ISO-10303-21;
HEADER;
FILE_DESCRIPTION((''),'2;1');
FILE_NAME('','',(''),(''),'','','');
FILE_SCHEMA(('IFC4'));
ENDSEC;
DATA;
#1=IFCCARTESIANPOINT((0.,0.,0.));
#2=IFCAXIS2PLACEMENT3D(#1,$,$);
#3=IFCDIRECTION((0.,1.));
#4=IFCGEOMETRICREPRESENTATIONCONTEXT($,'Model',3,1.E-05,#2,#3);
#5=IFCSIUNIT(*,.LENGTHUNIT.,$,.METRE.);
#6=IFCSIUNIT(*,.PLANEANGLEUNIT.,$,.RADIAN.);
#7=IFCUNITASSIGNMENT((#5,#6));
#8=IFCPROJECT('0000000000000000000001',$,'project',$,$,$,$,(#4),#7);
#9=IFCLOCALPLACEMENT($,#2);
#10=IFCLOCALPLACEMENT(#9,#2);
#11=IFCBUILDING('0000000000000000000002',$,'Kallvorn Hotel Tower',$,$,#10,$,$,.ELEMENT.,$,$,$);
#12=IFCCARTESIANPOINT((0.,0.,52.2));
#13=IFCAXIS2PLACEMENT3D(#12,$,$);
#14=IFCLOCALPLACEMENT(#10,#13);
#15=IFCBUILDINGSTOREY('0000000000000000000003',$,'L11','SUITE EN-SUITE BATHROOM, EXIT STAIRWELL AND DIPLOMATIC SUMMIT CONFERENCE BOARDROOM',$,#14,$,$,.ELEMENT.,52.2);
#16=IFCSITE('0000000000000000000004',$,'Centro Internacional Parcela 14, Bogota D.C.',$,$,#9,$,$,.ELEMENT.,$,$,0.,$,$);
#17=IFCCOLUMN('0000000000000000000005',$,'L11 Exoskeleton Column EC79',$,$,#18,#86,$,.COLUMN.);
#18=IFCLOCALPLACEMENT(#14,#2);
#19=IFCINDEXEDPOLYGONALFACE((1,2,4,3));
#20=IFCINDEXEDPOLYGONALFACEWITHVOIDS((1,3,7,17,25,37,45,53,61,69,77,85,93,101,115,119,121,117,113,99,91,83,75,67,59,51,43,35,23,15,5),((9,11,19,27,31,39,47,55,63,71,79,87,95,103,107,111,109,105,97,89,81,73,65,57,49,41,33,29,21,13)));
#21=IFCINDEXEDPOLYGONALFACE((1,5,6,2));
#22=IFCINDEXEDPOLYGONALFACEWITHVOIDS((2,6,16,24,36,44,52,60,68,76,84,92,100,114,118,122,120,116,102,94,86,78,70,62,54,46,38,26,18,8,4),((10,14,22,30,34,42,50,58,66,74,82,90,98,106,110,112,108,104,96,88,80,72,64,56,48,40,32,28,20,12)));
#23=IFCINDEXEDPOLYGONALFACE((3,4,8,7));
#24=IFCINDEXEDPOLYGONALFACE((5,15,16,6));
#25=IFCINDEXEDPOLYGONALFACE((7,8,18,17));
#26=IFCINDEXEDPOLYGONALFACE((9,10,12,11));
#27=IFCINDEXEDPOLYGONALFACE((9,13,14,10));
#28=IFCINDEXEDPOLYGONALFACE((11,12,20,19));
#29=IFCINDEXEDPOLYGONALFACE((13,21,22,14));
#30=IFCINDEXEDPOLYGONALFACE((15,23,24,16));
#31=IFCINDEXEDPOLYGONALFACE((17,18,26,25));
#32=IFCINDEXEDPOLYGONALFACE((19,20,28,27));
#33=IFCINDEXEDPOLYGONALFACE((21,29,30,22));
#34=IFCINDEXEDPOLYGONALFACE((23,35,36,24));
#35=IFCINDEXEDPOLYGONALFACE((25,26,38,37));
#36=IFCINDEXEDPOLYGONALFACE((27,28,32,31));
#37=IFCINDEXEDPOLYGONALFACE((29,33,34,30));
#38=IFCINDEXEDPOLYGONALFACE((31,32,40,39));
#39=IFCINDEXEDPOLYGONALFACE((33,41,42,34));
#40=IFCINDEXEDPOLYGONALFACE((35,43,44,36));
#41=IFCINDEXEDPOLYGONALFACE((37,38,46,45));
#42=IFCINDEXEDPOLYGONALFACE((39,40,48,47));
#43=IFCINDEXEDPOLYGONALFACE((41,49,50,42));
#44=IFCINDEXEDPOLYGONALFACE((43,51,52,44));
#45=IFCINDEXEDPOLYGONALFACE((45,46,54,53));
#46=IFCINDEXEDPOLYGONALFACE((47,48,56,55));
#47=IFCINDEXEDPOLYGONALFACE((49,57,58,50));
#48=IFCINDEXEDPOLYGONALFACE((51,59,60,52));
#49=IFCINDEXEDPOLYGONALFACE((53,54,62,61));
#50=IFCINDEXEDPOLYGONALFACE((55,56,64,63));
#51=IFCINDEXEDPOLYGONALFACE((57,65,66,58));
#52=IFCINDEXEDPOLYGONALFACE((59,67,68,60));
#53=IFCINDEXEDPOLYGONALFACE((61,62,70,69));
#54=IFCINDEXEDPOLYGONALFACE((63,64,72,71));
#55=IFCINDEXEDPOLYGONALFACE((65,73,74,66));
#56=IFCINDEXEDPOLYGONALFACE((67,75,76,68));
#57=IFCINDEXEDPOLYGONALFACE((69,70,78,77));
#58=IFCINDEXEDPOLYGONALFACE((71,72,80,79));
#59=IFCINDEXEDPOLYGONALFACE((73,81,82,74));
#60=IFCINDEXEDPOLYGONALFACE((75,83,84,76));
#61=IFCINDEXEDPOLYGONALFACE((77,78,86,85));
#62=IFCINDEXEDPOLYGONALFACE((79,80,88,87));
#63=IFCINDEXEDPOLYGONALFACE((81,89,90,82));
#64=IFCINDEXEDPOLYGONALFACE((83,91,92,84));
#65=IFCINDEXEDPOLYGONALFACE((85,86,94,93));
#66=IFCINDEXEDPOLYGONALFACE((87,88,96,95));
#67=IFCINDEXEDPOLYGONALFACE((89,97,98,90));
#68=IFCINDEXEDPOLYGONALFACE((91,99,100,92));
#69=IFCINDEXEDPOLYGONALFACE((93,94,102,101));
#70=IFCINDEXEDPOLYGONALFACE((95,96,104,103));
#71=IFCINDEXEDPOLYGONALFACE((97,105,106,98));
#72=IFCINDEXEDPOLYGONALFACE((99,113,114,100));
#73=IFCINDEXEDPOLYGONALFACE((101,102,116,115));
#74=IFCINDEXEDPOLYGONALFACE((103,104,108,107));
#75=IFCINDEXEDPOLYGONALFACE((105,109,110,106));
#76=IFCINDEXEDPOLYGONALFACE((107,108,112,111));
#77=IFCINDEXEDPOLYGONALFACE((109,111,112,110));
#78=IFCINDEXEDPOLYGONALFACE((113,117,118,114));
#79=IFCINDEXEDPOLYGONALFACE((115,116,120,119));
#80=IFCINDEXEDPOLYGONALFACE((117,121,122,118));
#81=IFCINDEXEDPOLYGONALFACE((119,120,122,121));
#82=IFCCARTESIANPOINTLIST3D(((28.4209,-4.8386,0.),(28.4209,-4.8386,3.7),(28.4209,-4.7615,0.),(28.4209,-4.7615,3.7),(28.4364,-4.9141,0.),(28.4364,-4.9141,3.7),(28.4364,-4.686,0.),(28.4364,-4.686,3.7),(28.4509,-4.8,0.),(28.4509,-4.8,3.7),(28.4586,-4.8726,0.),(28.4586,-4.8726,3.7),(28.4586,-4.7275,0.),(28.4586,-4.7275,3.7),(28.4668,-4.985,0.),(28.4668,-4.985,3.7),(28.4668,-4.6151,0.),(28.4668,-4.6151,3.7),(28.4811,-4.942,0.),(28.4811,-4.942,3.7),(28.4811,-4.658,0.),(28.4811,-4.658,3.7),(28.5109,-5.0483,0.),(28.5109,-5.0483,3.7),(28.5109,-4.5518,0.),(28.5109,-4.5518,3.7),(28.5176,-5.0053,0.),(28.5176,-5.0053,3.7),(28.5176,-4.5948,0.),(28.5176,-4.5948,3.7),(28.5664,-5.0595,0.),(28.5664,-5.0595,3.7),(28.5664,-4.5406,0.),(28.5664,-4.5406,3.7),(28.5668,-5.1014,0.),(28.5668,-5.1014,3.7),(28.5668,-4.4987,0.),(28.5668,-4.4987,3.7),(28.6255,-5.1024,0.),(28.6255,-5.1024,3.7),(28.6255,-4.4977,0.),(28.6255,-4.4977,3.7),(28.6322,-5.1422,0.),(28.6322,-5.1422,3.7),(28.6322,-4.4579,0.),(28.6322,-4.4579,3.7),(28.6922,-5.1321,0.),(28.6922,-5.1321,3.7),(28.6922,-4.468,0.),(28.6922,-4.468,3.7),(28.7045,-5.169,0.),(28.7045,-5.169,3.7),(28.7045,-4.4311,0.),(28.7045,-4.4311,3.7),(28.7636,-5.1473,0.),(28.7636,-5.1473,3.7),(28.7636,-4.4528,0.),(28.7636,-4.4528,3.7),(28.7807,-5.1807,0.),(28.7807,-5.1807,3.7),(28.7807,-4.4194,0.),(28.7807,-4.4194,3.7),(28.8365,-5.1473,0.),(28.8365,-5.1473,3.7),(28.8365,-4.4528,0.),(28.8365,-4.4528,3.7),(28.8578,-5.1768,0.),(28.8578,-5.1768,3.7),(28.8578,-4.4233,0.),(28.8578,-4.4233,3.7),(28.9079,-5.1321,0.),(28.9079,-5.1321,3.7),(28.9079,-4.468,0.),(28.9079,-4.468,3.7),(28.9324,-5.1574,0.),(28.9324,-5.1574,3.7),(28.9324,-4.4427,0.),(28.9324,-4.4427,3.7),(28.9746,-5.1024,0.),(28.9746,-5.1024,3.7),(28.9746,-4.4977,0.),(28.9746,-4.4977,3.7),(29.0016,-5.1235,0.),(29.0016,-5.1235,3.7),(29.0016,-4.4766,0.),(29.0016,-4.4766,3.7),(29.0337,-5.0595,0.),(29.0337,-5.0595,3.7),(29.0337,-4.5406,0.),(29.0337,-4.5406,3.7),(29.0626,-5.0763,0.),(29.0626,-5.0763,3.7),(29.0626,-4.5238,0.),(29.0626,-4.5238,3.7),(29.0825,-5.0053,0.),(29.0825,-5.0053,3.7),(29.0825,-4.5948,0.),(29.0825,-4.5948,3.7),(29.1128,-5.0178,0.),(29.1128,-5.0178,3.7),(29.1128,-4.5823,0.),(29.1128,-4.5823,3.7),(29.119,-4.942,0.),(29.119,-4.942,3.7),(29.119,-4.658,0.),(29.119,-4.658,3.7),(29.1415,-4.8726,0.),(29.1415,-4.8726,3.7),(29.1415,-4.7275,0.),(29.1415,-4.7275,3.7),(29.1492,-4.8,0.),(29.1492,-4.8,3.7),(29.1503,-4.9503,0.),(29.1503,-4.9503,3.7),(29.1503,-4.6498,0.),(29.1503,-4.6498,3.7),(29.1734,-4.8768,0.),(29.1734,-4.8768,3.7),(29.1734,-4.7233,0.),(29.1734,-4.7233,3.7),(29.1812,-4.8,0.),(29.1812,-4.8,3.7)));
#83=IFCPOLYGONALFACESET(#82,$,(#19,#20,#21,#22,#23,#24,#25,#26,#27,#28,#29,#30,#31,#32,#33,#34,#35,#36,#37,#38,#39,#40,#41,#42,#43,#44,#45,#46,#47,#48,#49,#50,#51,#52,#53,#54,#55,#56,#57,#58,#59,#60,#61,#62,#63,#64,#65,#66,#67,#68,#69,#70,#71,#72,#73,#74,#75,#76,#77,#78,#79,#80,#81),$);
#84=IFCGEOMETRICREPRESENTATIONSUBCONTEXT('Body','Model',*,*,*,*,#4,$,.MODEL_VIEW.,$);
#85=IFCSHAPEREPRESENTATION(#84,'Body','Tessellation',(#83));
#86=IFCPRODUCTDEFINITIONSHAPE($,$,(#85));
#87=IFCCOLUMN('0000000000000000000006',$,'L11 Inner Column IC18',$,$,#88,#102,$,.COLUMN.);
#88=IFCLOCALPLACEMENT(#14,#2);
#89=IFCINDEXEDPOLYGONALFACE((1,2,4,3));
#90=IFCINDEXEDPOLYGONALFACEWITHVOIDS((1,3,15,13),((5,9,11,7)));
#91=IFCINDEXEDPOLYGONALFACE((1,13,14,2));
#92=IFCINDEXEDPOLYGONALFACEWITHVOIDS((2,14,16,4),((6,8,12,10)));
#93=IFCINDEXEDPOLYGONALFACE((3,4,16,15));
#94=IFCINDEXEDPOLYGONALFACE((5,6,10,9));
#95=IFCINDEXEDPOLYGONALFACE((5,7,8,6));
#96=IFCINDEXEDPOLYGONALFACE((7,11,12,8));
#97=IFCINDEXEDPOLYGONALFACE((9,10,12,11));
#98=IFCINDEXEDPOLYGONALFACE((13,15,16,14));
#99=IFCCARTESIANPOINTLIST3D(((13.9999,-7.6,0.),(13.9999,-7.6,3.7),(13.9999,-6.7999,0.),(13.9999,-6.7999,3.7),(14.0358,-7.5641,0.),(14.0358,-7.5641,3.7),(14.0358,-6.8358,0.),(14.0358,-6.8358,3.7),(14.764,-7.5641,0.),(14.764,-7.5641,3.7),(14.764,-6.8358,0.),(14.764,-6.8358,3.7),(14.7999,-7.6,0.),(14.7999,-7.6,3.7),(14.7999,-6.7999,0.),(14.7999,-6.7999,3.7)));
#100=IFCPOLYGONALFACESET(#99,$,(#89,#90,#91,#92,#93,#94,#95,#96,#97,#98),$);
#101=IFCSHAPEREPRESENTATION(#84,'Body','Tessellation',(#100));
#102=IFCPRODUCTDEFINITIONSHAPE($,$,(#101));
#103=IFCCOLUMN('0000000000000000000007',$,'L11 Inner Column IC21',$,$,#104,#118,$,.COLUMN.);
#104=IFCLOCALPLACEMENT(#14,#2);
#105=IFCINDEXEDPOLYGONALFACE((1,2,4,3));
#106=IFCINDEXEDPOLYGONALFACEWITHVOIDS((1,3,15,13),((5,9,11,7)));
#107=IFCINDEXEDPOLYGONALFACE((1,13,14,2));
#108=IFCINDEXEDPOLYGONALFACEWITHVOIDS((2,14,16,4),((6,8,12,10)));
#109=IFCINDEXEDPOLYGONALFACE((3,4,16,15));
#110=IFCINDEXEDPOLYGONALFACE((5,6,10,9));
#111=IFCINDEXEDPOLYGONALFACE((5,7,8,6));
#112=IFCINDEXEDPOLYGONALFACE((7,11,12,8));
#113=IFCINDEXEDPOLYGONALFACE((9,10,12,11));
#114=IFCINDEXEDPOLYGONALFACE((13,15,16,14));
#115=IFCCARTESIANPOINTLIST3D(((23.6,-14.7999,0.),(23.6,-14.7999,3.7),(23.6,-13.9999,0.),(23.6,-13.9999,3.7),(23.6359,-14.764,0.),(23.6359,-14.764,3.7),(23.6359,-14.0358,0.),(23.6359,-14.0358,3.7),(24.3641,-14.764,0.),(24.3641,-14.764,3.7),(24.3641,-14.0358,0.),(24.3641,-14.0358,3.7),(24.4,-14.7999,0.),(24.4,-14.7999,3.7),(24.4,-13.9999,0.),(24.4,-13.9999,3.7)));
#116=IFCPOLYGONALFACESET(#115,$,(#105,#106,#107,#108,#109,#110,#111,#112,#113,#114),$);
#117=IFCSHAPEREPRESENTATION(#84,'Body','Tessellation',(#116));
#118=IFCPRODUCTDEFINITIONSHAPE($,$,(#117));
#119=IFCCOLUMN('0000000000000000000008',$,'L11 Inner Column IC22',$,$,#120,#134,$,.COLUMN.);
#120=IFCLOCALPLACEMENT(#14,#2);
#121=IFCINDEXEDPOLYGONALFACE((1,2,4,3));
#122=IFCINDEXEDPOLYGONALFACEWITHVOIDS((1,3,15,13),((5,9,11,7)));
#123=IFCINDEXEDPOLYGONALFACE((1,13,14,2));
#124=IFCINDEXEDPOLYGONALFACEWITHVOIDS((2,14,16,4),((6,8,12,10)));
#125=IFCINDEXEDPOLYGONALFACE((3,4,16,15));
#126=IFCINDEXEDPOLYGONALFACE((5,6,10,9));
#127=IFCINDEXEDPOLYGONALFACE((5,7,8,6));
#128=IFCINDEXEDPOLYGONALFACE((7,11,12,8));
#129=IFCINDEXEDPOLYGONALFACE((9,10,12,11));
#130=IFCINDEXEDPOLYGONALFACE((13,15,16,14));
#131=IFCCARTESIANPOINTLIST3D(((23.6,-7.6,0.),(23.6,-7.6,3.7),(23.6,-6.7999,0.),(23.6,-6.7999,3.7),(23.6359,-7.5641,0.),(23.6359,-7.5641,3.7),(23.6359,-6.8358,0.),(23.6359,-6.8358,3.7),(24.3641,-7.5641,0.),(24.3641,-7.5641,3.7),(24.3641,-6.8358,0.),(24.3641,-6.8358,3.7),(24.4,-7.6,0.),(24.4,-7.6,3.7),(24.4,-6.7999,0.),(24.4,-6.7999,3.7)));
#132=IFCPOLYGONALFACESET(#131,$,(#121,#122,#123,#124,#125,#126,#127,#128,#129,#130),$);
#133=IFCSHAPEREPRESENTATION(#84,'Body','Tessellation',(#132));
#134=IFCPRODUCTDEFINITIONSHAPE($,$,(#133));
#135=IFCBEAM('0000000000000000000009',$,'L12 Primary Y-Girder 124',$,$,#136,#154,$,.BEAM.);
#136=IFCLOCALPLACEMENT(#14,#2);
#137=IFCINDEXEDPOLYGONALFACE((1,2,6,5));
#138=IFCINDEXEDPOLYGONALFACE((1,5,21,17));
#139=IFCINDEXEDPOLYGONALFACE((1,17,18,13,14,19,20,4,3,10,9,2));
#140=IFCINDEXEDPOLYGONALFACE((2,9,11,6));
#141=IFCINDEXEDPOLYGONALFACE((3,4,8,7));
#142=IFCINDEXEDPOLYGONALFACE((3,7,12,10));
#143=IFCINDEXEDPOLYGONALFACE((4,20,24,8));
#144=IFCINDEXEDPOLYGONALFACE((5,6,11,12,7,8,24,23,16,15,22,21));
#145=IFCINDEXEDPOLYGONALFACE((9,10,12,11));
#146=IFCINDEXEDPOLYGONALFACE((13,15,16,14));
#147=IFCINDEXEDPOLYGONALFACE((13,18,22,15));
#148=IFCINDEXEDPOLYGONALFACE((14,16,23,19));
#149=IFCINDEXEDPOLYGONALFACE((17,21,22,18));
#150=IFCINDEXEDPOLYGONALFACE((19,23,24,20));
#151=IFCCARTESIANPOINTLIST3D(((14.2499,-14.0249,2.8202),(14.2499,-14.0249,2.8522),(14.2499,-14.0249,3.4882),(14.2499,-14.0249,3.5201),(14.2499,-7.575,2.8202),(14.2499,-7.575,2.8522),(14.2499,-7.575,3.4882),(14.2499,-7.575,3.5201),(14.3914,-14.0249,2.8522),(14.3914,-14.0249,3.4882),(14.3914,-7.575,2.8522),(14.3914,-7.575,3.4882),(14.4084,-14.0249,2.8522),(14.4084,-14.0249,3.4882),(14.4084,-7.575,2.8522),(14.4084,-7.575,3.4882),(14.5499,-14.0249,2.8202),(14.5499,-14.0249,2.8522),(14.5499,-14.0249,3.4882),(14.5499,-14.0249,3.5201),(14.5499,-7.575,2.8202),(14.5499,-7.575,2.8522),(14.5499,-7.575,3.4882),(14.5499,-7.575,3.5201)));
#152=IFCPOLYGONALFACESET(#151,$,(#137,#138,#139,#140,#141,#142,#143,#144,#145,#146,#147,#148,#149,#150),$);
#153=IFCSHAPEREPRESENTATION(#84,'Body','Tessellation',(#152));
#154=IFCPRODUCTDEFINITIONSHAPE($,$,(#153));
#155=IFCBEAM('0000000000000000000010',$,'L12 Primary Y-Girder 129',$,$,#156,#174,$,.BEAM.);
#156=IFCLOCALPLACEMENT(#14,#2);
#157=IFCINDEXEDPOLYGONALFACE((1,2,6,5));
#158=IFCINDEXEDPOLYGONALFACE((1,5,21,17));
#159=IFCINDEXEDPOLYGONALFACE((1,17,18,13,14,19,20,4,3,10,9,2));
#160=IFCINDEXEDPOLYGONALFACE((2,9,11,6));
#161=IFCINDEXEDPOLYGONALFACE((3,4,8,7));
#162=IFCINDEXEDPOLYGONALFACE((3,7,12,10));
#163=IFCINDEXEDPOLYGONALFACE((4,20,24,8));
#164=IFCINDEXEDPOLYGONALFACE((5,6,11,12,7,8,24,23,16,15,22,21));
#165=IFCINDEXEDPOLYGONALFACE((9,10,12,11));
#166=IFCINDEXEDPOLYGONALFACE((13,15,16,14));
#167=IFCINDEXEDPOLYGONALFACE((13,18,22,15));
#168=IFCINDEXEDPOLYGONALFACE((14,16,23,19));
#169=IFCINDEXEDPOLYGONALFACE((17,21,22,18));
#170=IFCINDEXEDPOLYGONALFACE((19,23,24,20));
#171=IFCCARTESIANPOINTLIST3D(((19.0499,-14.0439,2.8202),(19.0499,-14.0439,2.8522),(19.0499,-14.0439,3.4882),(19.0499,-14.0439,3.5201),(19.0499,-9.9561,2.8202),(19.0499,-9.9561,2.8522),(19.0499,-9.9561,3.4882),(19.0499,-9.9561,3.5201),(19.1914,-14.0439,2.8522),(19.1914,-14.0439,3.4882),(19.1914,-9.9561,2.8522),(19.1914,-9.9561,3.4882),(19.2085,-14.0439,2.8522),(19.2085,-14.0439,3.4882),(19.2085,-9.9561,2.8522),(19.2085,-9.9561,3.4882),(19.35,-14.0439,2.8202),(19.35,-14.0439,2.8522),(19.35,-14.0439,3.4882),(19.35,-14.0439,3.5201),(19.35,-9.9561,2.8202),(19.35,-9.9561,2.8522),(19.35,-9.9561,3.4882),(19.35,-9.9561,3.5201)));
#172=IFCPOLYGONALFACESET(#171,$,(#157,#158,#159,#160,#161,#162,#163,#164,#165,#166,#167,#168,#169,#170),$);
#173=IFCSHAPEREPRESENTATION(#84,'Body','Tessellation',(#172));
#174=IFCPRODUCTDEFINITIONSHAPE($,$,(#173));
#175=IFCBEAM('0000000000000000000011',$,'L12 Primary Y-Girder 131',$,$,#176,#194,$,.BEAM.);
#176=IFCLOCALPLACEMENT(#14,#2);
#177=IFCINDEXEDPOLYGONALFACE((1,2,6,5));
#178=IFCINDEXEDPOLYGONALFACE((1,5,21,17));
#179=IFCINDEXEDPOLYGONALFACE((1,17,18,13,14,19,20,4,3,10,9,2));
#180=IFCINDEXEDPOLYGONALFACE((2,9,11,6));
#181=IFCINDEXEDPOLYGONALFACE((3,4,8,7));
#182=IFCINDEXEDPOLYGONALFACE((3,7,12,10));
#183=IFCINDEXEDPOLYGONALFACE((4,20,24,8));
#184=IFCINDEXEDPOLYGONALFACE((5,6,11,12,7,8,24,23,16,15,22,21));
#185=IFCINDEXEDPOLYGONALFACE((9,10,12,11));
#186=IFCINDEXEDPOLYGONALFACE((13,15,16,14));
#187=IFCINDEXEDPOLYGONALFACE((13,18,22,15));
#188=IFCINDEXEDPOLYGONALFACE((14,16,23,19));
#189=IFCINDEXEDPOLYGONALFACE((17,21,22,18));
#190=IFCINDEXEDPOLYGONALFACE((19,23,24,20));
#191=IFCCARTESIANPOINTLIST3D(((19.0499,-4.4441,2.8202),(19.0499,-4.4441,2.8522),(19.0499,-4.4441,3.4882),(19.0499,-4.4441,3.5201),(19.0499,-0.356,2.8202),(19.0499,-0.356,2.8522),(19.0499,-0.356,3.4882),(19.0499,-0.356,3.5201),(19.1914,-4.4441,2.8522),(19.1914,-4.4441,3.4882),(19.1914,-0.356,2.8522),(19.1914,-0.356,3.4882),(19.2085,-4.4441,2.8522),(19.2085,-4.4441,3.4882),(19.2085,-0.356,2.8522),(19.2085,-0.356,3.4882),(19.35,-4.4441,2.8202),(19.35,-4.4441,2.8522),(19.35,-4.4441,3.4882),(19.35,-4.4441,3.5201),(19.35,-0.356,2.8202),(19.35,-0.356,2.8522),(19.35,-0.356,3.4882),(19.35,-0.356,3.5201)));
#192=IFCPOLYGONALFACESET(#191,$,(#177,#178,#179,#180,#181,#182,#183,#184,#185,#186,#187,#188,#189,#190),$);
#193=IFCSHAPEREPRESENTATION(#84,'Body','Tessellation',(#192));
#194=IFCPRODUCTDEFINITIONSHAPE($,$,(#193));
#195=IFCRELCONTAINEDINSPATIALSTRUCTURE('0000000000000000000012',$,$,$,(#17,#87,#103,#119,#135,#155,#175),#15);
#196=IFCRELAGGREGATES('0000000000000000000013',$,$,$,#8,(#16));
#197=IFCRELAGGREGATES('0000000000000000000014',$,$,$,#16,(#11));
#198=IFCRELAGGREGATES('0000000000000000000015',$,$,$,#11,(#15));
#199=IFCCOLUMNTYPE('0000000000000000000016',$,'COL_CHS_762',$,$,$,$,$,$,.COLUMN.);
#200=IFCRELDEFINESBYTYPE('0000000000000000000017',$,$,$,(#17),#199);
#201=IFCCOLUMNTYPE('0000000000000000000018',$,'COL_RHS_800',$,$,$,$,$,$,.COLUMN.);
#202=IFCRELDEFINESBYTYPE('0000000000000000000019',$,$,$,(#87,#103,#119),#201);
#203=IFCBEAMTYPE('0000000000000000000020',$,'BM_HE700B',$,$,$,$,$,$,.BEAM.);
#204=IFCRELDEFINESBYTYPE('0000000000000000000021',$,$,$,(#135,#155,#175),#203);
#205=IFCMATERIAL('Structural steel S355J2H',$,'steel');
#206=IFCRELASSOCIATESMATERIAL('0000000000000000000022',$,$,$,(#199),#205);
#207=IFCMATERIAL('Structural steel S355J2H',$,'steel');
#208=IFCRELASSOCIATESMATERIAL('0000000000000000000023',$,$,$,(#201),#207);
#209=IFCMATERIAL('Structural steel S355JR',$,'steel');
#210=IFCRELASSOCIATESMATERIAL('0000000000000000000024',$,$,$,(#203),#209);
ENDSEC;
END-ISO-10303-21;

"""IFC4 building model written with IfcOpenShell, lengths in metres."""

from ifc_helpers import new_model, si_unit, direction, frame, origin, origin_2d, place, context, subcontext, project, spatial, hollow_rectangle, hollow_circle, i_section, extrude, material, material_profile, profile_set, type_object, element, save


model = new_model("IFC4")

# Units and contexts
model_context = context("Model", 3, precision=1e-05, world=origin(), true_north=direction((0.0, 1.0)))
body_context = subcontext(model_context, "Body", "Model", "MODEL_VIEW")
ifc_project = project(units=[si_unit("LENGTHUNIT", "METRE"), si_unit("PLANEANGLEUNIT", "RADIAN")], contexts=[model_context])

# Site, building, storey
site_placement = place(None, origin())
site = spatial("IfcSite", under=ifc_project, at=site_placement, Name="Centro Internacional Parcela 14, Bogota D.C.", CompositionType="ELEMENT", RefElevation=0.0)
building_placement = place(site_placement, origin())
building = spatial("IfcBuilding", under=site, at=building_placement, Name="Kallvorn Hotel Tower", CompositionType="ELEMENT")
storey_placement = place(building_placement, frame((0.0, 0.0, 52.2)))
storey = spatial("IfcBuildingStorey", under=building, at=storey_placement, Name="L11", Description="SUITE EN-SUITE BATHROOM, EXIT STAIRWELL AND DIPLOMATIC SUMMIT CONFERENCE BOARDROOM", CompositionType="ELEMENT", Elevation=52.2)

# Columns
ifc_material_1 = material(Name="Structural steel S355J2H", Category="steel")
ifc_material_profile_1 = material_profile(ifc_material_1, hollow_circle(Radius=0.3811, WallThickness=0.032, at=origin_2d()), Name="CHS 762x32")
ifc_profile_set_1 = profile_set([ifc_material_profile_1], Name="Structural steel S355J2H")
column_type_1 = type_object("IfcColumnType", Name="COL_CHS_762", PredefinedType="COLUMN", material=ifc_profile_set_1)
for number, where, z_axis, x_axis, name in (
    (1, (28.8, -4.8, 0.0), (0.0, 0.0, 1.0), (1.0, 0.0, 0.0), "L11 Exoskeleton Column EC79"),
):
    element("IfcColumn", number, at=place(storey_placement, frame(where, z_axis=z_axis, x_axis=x_axis)), inside=storey, type_object=column_type_1, Name=name, PredefinedType="COLUMN", context=body_context, shape_type="SweptSolid", body=[
        extrude(hollow_circle(Radius=0.3811, WallThickness=0.032, at=origin_2d()), origin(), (0.0, 0.0, 1.0), 3.7),
    ])
ifc_material_2 = material(Name="Structural steel S355J2H", Category="steel")
ifc_material_profile_2 = material_profile(ifc_material_2, hollow_rectangle(XDim=0.8, YDim=0.8, WallThickness=0.0359, at=origin_2d()), Name="RHS 800x800x36")
ifc_profile_set_2 = profile_set([ifc_material_profile_2], Name="Structural steel S355J2H")
column_type_2 = type_object("IfcColumnType", Name="COL_RHS_800", PredefinedType="COLUMN", material=ifc_profile_set_2)
for number, where, z_axis, x_axis, name in (
    (2, (14.3999, -7.2, 0.0), (0.0, 0.0, 1.0), (1.0, 0.0, 0.0), "L11 Inner Column IC18"),
    (3, (24.0, -14.3999, 0.0), (0.0, 0.0, 1.0), (1.0, 0.0, 0.0), "L11 Inner Column IC21"),
    (4, (24.0, -7.2, 0.0), (0.0, 0.0, 1.0), (1.0, 0.0, 0.0), "L11 Inner Column IC22"),
):
    element("IfcColumn", number, at=place(storey_placement, frame(where, z_axis=z_axis, x_axis=x_axis)), inside=storey, type_object=column_type_2, Name=name, PredefinedType="COLUMN", context=body_context, shape_type="SweptSolid", body=[
        extrude(hollow_rectangle(XDim=0.8, YDim=0.8, WallThickness=0.0359, at=origin_2d()), origin(), (0.0, 0.0, 1.0), 3.7),
    ])

# Beams
ifc_material_3 = material(Name="Structural steel S355JR", Category="steel")
ifc_material_profile_3 = material_profile(ifc_material_3, i_section(OverallWidth=0.3, OverallDepth=0.7, WebThickness=0.0171, FlangeThickness=0.032, at=origin_2d()), Name="HE 700 B")
ifc_profile_set_3 = profile_set([ifc_material_profile_3], Name="Structural steel S355JR")
beam_type_1 = type_object("IfcBeamType", Name="BM_HE700B", PredefinedType="BEAM", material=ifc_profile_set_3)
beam_1_placement = place(storey_placement, frame((14.3999, -14.0249, 3.1702), z_axis=(0.0, 1.0, 0.0), x_axis=(-1.0, 0.0, 0.0)))
element("IfcBeam", 5, at=beam_1_placement, inside=storey, type_object=beam_type_1, Name="L12 Primary Y-Girder 124", PredefinedType="BEAM", context=body_context, shape_type="SweptSolid", body=[
    extrude(i_section(OverallWidth=0.3, OverallDepth=0.7, WebThickness=0.0171, FlangeThickness=0.032, at=origin_2d()), origin(), (0.0, 0.0, 1.0), 6.45),
])
beam_2_placement = place(storey_placement, frame((19.2, -14.0439, 3.1702), z_axis=(0.0, 1.0, 0.0), x_axis=(-1.0, 0.0, 0.0)))
element("IfcBeam", 6, at=beam_2_placement, inside=storey, type_object=beam_type_1, Name="L12 Primary Y-Girder 129", PredefinedType="BEAM", context=body_context, shape_type="SweptSolid", body=[
    extrude(i_section(OverallWidth=0.3, OverallDepth=0.7, WebThickness=0.0171, FlangeThickness=0.032, at=origin_2d()), origin(), (0.0, 0.0, 1.0), 4.0879),
])
beam_3_placement = place(storey_placement, frame((19.2, -4.4441, 3.1702), z_axis=(0.0, 1.0, 0.0), x_axis=(-1.0, 0.0, 0.0)))
element("IfcBeam", 7, at=beam_3_placement, inside=storey, type_object=beam_type_1, Name="L12 Primary Y-Girder 131", PredefinedType="BEAM", context=body_context, shape_type="SweptSolid", body=[
    extrude(i_section(OverallWidth=0.3, OverallDepth=0.7, WebThickness=0.0171, FlangeThickness=0.032, at=origin_2d()), origin(), (0.0, 0.0, 1.0), 4.0881),
])

save(model, "model.ifc")
